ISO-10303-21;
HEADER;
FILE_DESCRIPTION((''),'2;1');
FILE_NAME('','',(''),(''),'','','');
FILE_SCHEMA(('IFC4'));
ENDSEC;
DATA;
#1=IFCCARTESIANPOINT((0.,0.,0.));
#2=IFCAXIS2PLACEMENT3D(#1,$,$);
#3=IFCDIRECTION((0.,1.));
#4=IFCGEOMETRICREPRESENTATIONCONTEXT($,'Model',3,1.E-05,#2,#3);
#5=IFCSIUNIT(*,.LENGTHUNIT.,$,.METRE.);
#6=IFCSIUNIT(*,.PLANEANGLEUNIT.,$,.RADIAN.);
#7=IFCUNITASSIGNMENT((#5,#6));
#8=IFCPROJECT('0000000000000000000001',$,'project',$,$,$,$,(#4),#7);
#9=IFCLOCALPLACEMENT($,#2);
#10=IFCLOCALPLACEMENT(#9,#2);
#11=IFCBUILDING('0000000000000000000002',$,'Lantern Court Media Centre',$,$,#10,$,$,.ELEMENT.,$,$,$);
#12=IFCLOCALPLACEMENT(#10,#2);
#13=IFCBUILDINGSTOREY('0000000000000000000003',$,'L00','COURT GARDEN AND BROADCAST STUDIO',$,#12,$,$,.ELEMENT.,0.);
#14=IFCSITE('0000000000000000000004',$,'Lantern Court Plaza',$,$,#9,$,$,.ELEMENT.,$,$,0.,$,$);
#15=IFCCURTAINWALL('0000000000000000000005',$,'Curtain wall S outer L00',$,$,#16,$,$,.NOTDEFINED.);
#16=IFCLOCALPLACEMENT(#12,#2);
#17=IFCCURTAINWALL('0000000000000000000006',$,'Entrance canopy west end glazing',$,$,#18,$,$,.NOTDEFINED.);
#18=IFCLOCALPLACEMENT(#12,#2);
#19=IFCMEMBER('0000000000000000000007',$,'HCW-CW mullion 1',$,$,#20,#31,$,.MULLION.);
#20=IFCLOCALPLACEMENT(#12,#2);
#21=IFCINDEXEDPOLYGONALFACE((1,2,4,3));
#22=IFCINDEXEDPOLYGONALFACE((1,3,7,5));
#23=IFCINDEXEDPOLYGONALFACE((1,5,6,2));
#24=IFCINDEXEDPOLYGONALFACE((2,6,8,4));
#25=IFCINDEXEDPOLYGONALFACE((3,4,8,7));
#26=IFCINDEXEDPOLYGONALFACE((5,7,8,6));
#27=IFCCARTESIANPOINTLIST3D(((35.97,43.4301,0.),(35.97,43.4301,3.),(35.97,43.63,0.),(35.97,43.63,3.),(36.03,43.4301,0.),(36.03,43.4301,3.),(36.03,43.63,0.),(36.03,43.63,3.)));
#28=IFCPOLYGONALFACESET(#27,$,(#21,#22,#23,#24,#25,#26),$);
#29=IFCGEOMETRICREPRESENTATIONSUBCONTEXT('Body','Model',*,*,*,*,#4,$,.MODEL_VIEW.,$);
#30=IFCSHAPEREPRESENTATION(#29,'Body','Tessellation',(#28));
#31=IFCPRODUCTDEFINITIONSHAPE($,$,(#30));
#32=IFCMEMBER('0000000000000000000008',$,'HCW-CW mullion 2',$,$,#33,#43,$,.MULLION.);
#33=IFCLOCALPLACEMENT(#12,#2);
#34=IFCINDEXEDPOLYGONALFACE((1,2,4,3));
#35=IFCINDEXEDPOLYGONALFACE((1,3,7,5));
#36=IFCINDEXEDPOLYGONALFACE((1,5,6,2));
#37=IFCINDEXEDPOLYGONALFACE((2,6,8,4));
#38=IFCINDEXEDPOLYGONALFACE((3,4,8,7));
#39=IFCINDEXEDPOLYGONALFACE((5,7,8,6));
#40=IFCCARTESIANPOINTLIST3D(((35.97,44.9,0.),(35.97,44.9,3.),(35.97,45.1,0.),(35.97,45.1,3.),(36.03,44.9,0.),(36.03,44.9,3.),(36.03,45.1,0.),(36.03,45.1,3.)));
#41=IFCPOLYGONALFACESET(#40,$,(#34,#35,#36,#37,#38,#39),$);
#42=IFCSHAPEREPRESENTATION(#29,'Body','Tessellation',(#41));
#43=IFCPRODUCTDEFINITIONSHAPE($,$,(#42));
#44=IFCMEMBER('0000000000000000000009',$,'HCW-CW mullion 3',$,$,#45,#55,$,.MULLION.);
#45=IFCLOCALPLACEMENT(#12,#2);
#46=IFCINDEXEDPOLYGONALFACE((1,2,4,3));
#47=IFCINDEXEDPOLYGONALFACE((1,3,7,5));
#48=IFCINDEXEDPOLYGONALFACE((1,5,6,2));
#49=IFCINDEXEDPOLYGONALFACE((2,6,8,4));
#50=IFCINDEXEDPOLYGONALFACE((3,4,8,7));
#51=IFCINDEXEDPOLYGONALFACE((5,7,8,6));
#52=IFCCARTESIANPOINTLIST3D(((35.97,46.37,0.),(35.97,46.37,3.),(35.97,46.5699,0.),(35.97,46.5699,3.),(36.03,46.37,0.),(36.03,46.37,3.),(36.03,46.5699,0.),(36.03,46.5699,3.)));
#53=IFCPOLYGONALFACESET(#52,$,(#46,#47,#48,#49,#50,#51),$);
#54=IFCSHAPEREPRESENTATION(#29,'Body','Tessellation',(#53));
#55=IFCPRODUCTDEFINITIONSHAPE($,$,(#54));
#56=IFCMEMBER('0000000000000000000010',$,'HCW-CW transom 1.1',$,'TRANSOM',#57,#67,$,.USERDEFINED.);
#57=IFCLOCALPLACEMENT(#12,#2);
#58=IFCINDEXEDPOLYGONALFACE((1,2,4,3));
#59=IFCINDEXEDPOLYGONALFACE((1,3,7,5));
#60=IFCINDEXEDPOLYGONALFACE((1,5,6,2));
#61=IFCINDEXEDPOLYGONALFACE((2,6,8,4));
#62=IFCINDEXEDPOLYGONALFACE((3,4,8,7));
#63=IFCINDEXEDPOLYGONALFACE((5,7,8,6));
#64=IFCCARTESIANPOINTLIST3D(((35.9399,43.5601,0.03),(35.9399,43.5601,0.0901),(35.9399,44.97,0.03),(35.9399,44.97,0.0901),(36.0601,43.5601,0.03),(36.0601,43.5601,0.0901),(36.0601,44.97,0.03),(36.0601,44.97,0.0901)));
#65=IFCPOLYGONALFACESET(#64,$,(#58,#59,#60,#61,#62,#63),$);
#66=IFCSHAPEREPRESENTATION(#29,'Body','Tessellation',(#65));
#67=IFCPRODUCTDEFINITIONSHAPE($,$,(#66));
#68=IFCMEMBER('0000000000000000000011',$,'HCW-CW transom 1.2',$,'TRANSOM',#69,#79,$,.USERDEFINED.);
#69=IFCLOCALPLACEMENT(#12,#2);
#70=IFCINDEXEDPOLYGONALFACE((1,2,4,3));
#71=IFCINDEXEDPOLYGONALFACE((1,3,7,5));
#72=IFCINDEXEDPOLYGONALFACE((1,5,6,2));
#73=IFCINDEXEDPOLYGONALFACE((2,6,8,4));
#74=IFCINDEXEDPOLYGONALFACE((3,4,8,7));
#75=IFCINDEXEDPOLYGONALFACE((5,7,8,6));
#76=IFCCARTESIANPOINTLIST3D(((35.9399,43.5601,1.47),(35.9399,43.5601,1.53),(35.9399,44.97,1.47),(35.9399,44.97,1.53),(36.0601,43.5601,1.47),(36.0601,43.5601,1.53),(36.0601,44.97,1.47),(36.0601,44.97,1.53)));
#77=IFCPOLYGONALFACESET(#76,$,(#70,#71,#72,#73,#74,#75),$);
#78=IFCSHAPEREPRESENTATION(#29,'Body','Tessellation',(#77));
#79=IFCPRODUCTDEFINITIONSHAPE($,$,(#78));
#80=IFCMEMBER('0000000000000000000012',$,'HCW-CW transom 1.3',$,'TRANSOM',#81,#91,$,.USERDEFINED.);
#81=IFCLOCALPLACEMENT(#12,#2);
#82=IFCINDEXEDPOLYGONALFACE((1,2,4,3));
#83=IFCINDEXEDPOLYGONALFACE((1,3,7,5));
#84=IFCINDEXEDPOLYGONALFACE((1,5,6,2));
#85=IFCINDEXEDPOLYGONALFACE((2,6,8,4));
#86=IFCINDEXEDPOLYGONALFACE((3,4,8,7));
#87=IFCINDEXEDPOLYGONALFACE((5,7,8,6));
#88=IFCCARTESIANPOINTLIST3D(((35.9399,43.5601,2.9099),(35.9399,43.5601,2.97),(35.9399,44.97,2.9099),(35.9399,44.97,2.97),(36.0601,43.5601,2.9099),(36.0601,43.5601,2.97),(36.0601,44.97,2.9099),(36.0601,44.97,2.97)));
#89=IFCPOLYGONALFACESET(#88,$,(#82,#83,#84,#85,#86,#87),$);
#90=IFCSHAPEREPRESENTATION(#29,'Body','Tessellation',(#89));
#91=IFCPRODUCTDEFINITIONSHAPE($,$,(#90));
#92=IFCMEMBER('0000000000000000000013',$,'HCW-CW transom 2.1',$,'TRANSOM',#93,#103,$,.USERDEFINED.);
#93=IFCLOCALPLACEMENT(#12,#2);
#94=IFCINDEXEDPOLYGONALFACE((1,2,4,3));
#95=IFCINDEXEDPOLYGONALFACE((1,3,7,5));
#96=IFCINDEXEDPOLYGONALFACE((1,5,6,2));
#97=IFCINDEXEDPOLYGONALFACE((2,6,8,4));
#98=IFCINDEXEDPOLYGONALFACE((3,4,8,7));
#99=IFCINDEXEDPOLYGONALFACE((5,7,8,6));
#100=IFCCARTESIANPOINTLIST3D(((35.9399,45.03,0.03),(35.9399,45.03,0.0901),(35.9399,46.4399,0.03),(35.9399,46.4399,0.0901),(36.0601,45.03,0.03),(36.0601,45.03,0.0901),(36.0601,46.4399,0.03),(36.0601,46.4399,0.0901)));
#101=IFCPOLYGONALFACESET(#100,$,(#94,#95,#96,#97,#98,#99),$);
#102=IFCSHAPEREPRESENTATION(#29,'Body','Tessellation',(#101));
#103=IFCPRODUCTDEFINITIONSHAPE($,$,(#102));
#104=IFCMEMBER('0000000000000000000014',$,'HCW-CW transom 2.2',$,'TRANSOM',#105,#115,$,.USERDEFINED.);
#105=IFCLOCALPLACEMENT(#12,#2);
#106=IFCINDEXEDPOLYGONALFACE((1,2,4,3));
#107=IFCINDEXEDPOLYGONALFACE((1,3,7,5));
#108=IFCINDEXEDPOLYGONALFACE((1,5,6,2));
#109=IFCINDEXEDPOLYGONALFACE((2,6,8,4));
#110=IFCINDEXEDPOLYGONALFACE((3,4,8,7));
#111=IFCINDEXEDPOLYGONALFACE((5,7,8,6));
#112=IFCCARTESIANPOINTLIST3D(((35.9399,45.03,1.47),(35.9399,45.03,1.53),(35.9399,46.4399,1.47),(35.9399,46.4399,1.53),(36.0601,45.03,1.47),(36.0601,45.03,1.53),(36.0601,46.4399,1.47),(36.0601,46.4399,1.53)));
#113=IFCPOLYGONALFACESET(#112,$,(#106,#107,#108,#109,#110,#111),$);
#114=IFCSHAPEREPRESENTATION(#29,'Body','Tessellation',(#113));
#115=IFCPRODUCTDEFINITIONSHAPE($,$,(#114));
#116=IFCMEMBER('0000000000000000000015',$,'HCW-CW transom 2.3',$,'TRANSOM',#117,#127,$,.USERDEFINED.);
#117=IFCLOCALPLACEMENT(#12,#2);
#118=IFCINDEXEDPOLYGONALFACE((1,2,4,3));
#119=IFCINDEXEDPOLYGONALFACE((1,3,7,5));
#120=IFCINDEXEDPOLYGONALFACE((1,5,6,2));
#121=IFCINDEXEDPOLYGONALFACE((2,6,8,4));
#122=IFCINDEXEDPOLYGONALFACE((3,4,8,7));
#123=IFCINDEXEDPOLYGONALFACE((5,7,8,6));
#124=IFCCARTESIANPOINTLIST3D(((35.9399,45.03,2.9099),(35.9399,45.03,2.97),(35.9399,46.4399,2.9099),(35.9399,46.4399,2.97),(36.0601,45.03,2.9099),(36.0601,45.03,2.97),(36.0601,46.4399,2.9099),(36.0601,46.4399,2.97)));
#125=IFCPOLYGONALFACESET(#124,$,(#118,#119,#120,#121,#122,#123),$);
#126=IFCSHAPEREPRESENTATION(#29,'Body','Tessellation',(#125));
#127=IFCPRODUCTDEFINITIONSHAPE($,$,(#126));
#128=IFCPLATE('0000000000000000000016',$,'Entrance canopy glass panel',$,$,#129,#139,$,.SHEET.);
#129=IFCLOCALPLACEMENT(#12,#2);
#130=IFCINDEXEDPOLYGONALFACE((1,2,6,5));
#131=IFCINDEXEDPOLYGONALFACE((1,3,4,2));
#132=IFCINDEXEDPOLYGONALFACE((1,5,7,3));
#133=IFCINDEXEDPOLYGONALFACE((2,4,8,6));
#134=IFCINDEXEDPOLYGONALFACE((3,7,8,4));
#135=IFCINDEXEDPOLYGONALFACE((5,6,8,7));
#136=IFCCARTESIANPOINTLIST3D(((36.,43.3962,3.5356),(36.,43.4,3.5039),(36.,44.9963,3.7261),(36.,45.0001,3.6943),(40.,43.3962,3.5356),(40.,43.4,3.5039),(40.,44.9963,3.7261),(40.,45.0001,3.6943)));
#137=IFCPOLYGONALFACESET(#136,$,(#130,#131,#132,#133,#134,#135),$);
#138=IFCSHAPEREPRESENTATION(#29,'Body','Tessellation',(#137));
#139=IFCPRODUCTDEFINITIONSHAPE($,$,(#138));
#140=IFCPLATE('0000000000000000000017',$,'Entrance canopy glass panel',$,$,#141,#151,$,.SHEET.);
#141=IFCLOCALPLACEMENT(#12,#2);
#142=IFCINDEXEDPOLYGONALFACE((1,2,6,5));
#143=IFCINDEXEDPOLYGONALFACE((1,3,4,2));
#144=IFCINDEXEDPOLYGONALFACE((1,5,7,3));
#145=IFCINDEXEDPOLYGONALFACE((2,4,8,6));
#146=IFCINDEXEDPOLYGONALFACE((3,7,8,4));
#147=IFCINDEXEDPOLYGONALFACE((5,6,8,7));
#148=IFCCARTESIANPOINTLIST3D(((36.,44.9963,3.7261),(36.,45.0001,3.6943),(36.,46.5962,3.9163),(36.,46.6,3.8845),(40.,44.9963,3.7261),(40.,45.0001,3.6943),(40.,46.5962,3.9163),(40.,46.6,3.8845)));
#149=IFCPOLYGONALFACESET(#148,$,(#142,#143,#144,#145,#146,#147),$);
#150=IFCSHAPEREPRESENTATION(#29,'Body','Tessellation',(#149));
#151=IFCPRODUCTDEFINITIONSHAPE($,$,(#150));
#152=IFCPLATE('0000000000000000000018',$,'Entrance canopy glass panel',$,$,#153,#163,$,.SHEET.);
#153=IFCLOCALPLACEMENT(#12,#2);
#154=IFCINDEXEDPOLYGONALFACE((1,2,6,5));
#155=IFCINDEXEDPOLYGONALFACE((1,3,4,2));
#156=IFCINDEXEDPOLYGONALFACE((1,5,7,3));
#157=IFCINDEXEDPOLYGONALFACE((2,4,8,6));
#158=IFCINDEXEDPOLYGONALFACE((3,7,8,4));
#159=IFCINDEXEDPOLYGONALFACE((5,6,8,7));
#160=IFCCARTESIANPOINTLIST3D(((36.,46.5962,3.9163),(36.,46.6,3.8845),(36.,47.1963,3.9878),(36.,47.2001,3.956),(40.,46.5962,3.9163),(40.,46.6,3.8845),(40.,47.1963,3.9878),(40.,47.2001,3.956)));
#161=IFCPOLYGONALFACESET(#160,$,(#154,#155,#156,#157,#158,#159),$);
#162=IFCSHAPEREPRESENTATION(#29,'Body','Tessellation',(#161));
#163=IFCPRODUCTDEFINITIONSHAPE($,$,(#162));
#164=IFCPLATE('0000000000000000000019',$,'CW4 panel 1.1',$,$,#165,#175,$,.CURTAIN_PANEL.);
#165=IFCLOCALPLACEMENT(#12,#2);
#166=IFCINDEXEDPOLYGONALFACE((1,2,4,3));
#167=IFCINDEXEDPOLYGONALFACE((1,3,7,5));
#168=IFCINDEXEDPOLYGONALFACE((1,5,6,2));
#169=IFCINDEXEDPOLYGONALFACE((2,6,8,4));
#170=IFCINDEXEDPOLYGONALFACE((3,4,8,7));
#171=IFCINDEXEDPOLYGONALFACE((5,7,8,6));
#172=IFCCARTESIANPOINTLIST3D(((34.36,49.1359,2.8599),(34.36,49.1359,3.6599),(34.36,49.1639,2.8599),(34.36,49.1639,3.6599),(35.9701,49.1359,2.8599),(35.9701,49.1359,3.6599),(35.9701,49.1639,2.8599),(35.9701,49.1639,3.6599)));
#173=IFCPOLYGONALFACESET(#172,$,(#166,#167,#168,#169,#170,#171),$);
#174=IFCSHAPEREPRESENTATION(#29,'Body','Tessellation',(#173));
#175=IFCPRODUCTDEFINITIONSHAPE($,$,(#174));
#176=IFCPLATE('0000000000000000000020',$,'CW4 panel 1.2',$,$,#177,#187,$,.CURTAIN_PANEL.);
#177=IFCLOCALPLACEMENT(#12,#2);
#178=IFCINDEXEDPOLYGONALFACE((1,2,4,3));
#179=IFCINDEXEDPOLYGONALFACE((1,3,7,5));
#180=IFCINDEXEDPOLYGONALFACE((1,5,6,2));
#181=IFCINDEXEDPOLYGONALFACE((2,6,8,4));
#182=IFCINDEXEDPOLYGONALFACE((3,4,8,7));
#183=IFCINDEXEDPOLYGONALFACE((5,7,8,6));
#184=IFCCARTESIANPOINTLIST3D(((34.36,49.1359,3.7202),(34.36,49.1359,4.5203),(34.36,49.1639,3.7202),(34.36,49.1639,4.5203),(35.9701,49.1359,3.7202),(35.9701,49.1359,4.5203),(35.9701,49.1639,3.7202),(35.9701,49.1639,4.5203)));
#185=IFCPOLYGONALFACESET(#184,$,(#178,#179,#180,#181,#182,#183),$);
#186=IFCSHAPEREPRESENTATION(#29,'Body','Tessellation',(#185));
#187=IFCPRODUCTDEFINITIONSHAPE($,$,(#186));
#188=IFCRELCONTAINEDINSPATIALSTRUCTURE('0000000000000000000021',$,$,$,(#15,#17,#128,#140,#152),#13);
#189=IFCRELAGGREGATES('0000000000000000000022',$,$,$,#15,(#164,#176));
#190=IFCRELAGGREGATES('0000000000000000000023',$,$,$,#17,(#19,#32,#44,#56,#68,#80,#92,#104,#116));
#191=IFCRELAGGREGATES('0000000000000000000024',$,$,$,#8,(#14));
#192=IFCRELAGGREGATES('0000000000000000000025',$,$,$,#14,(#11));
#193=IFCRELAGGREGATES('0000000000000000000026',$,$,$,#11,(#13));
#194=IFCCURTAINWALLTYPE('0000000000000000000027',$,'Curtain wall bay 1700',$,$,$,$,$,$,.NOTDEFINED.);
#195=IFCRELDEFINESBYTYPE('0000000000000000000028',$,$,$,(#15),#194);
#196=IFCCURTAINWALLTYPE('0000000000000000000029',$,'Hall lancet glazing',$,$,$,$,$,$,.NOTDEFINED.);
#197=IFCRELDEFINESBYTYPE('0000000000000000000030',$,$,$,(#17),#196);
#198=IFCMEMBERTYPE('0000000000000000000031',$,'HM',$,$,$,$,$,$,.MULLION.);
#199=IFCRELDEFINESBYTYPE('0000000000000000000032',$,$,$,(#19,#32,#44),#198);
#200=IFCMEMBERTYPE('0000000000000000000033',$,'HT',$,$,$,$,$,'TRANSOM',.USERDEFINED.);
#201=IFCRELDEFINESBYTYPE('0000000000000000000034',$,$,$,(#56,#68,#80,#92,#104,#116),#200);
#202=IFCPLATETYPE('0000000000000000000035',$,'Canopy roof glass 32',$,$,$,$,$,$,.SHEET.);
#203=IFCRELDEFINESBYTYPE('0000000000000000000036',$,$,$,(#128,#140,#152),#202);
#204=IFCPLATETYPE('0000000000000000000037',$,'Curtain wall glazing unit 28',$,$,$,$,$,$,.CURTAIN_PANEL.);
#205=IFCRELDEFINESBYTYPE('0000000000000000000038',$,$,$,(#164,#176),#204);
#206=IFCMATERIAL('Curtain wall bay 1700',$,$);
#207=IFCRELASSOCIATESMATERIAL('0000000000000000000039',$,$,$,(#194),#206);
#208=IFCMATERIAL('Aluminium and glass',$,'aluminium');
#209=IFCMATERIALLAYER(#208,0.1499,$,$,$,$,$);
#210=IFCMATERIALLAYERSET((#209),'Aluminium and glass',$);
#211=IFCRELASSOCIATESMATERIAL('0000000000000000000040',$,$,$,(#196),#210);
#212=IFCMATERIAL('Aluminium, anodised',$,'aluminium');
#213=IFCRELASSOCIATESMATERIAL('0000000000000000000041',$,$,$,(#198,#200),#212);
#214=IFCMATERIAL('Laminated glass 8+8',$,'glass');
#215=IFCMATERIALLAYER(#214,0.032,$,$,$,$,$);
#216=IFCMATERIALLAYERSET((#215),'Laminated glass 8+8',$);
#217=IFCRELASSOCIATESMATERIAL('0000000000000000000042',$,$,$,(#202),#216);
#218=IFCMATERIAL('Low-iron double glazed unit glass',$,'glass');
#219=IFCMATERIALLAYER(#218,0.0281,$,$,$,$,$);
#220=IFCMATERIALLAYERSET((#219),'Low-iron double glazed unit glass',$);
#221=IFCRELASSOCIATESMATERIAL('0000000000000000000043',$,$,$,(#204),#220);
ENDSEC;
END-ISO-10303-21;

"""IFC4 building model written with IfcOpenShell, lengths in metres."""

from ifc_helpers import new_model, si_unit, direction, frame, origin, origin_2d, place, context, subcontext, project, spatial, polyline, rectangle, outline, extrude, material, layer, layer_set, material_profile, profile_set, type_object, element, aggregate, save


model = new_model("IFC4")

# Units and contexts
model_context = context("Model", 3, precision=1e-05, world=origin(), true_north=direction((0.0, 1.0)))
body_context = subcontext(model_context, "Body", "Model", "MODEL_VIEW")
ifc_project = project(units=[si_unit("LENGTHUNIT", "METRE"), si_unit("PLANEANGLEUNIT", "RADIAN")], contexts=[model_context])

# Site, building, storey
site_placement = place(None, origin())
site = spatial("IfcSite", under=ifc_project, at=site_placement, Name="Lantern Court Plaza", CompositionType="ELEMENT", RefElevation=0.0)
building_placement = place(site_placement, origin())
building = spatial("IfcBuilding", under=site, at=building_placement, Name="Lantern Court Media Centre", CompositionType="ELEMENT")
storey_placement = place(building_placement, origin())
storey = spatial("IfcBuildingStorey", under=building, at=storey_placement, Name="L00", Description="COURT GARDEN AND BROADCAST STUDIO", CompositionType="ELEMENT", Elevation=0.0)

# Curtain wall
ifc_material_1 = material(Name="Curtain wall bay 1700")
curtain_wall_type_1 = type_object("IfcCurtainWallType", Name="Curtain wall bay 1700", PredefinedType="NOTDEFINED", material=ifc_material_1)
curtain_wall_1_placement = place(storey_placement, origin())
curtain_wall_1 = element("IfcCurtainWall", 1, at=curtain_wall_1_placement, inside=storey, type_object=curtain_wall_type_1, Name="Curtain wall S outer L00", PredefinedType="NOTDEFINED")

# Curtain wall, members
ifc_material_2 = material(Name="Aluminium and glass", Category="aluminium")
ifc_layer_1 = layer(ifc_material_2, 0.1499)
ifc_layer_set_1 = layer_set([ifc_layer_1], Name="Aluminium and glass")
curtain_wall_type_2 = type_object("IfcCurtainWallType", Name="Hall lancet glazing", PredefinedType="NOTDEFINED", material=ifc_layer_set_1)
curtain_wall_2_placement = place(storey_placement, origin())
curtain_wall_2 = element("IfcCurtainWall", 2, at=curtain_wall_2_placement, inside=storey, type_object=curtain_wall_type_2, Name="Entrance canopy west end glazing", PredefinedType="NOTDEFINED")
ifc_material_3 = material(Name="Aluminium, anodised", Category="aluminium")
ifc_material_profile_1 = material_profile(ifc_material_3, rectangle(XDim=0.0601, YDim=0.2, at=origin_2d()), Name="HM")
ifc_profile_set_1 = profile_set([ifc_material_profile_1], Name="Aluminium, anodised")
member_type_1 = type_object("IfcMemberType", Name="HM", PredefinedType="MULLION", material=ifc_profile_set_1)
member_1_placement = place(storey_placement, frame((36.0, 43.53, 0.0), z_axis=(0.0, 0.0, 1.0), x_axis=(-1.0, 0.0, 0.0)))
member_1 = element("IfcMember", 3, at=member_1_placement, type_object=member_type_1, Name="HCW-CW mullion 1", PredefinedType="MULLION", context=body_context, shape_type="SweptSolid", body=[
    extrude(rectangle(XDim=0.0601, YDim=0.2, at=origin_2d()), origin(), (0.0, 0.0, 1.0), 3.0),
])
member_2_placement = place(storey_placement, frame((36.0, 45.0, 0.0), z_axis=(0.0, 0.0, 1.0), x_axis=(-1.0, 0.0, 0.0)))
member_2 = element("IfcMember", 4, at=member_2_placement, type_object=member_type_1, Name="HCW-CW mullion 2", PredefinedType="MULLION", context=body_context, shape_type="SweptSolid", body=[
    extrude(rectangle(XDim=0.0601, YDim=0.2, at=origin_2d()), origin(), (0.0, 0.0, 1.0), 3.0),
])
member_3_placement = place(storey_placement, frame((36.0, 46.47, 0.0), z_axis=(0.0, 0.0, 1.0), x_axis=(-1.0, 0.0, 0.0)))
member_3 = element("IfcMember", 5, at=member_3_placement, type_object=member_type_1, Name="HCW-CW mullion 3", PredefinedType="MULLION", context=body_context, shape_type="SweptSolid", body=[
    extrude(rectangle(XDim=0.0601, YDim=0.2, at=origin_2d()), origin(), (0.0, 0.0, 1.0), 3.0),
])
ifc_material_profile_2 = material_profile(ifc_material_3, rectangle(XDim=0.1201, YDim=0.0601, at=origin_2d()), Name="HT")
ifc_profile_set_2 = profile_set([ifc_material_profile_2], Name="Aluminium, anodised")
member_type_2 = type_object("IfcMemberType", Name="HT", ElementType="TRANSOM", PredefinedType="USERDEFINED", material=ifc_profile_set_2)
member_4_placement = place(storey_placement, frame((36.0, 43.5601, 0.0601), z_axis=(0.0, 1.0, 0.0), x_axis=(-1.0, 0.0, 0.0)))
member_4 = element("IfcMember", 6, at=member_4_placement, type_object=member_type_2, Name="HCW-CW transom 1.1", ObjectType="TRANSOM", PredefinedType="USERDEFINED", context=body_context, shape_type="SweptSolid", body=[
    extrude(rectangle(XDim=0.1201, YDim=0.0601, at=origin_2d()), origin(), (0.0, 0.0, 1.0), 1.4099),
])
member_5_placement = place(storey_placement, frame((36.0, 43.5601, 1.5), z_axis=(0.0, 1.0, 0.0), x_axis=(-1.0, 0.0, 0.0)))
member_5 = element("IfcMember", 7, at=member_5_placement, type_object=member_type_2, Name="HCW-CW transom 1.2", ObjectType="TRANSOM", PredefinedType="USERDEFINED", context=body_context, shape_type="SweptSolid", body=[
    extrude(rectangle(XDim=0.1201, YDim=0.0601, at=origin_2d()), origin(), (0.0, 0.0, 1.0), 1.4099),
])
member_6_placement = place(storey_placement, frame((36.0, 43.5601, 2.9399), z_axis=(0.0, 1.0, 0.0), x_axis=(-1.0, 0.0, 0.0)))
member_6 = element("IfcMember", 8, at=member_6_placement, type_object=member_type_2, Name="HCW-CW transom 1.3", ObjectType="TRANSOM", PredefinedType="USERDEFINED", context=body_context, shape_type="SweptSolid", body=[
    extrude(rectangle(XDim=0.1201, YDim=0.0601, at=origin_2d()), origin(), (0.0, 0.0, 1.0), 1.4099),
])
member_7_placement = place(storey_placement, frame((36.0, 45.03, 0.0601), z_axis=(0.0, 1.0, 0.0), x_axis=(-1.0, 0.0, 0.0)))
member_7 = element("IfcMember", 9, at=member_7_placement, type_object=member_type_2, Name="HCW-CW transom 2.1", ObjectType="TRANSOM", PredefinedType="USERDEFINED", context=body_context, shape_type="SweptSolid", body=[
    extrude(rectangle(XDim=0.1201, YDim=0.0601, at=origin_2d()), origin(), (0.0, 0.0, 1.0), 1.4099),
])
member_8_placement = place(storey_placement, frame((36.0, 45.03, 1.5), z_axis=(0.0, 1.0, 0.0), x_axis=(-1.0, 0.0, 0.0)))
member_8 = element("IfcMember", 10, at=member_8_placement, type_object=member_type_2, Name="HCW-CW transom 2.2", ObjectType="TRANSOM", PredefinedType="USERDEFINED", context=body_context, shape_type="SweptSolid", body=[
    extrude(rectangle(XDim=0.1201, YDim=0.0601, at=origin_2d()), origin(), (0.0, 0.0, 1.0), 1.4099),
])
member_9_placement = place(storey_placement, frame((36.0, 45.03, 2.9399), z_axis=(0.0, 1.0, 0.0), x_axis=(-1.0, 0.0, 0.0)))
member_9 = element("IfcMember", 11, at=member_9_placement, type_object=member_type_2, Name="HCW-CW transom 2.3", ObjectType="TRANSOM", PredefinedType="USERDEFINED", context=body_context, shape_type="SweptSolid", body=[
    extrude(rectangle(XDim=0.1201, YDim=0.0601, at=origin_2d()), origin(), (0.0, 0.0, 1.0), 1.4099),
])

# Plates
ifc_material_4 = material(Name="Laminated glass 8+8", Category="glass")
ifc_layer_2 = layer(ifc_material_4, 0.032)
ifc_layer_set_2 = layer_set([ifc_layer_2], Name="Laminated glass 8+8")
plate_type_1 = type_object("IfcPlateType", Name="Canopy roof glass 32", PredefinedType="SHEET", material=ifc_layer_set_2)
plate_1_placement = place(storey_placement, frame((36.0, 43.3962, 3.5356), z_axis=(0.0, -0.118177, 0.992993), x_axis=(1.0, 0.0, 0.0)))
element("IfcPlate", 12, at=plate_1_placement, inside=storey, type_object=plate_type_1, Name="Entrance canopy glass panel", PredefinedType="SHEET", context=body_context, shape_type="SweptSolid", body=[
    extrude(outline(polyline([(0.0, 0.0), (4.0, 0.0), (4.0, 1.6114), (0.0, 1.6114), (0.0, 0.0)])), origin(), (0.0, 0.0, -1.0), 0.032),
])
plate_2_placement = place(storey_placement, frame((36.0, 44.9963, 3.7261), z_axis=(0.0, -0.118046, 0.993008), x_axis=(1.0, 0.0, 0.0)))
element("IfcPlate", 13, at=plate_2_placement, inside=storey, type_object=plate_type_1, Name="Entrance canopy glass panel", PredefinedType="SHEET", context=body_context, shape_type="SweptSolid", body=[
    extrude(outline(polyline([(0.0, 0.0), (4.0, 0.0), (4.0, 1.6111), (0.0, 1.6111), (0.0, 0.0)])), origin(), (0.0, 0.0, -1.0), 0.032),
])
plate_3_placement = place(storey_placement, frame((36.0, 46.5962, 3.9163), z_axis=(0.0, -0.118365, 0.99297), x_axis=(1.0, 0.0, 0.0)))
element("IfcPlate", 14, at=plate_3_placement, inside=storey, type_object=plate_type_1, Name="Entrance canopy glass panel", PredefinedType="SHEET", context=body_context, shape_type="SweptSolid", body=[
    extrude(outline(polyline([(0.0, 0.0), (4.0, 0.0), (4.0, 0.6043), (0.0, 0.6043), (0.0, 0.0)])), origin(), (0.0, 0.0, -1.0), 0.032),
])

# Plates
ifc_material_5 = material(Name="Low-iron double glazed unit glass", Category="glass")
ifc_layer_3 = layer(ifc_material_5, 0.0281)
ifc_layer_set_3 = layer_set([ifc_layer_3], Name="Low-iron double glazed unit glass")
plate_type_2 = type_object("IfcPlateType", Name="Curtain wall glazing unit 28", PredefinedType="CURTAIN_PANEL", material=ifc_layer_set_3)
plate_4_placement = place(storey_placement, frame((35.165, 49.1499, 2.8599), z_axis=(0.0, 0.0, 1.0), x_axis=(1.0, 0.0, 0.0)))
plate_4 = element("IfcPlate", 15, at=plate_4_placement, type_object=plate_type_2, Name="CW4 panel 1.1", PredefinedType="CURTAIN_PANEL", context=body_context, shape_type="SweptSolid", body=[
    extrude(rectangle(XDim=1.6101, YDim=0.0281, at=origin_2d()), origin(), (0.0, 0.0, 1.0), 0.8),
])
plate_5_placement = place(storey_placement, frame((35.165, 49.1499, 3.7202), z_axis=(0.0, 0.0, 1.0), x_axis=(1.0, 0.0, 0.0)))
plate_5 = element("IfcPlate", 16, at=plate_5_placement, type_object=plate_type_2, Name="CW4 panel 1.2", PredefinedType="CURTAIN_PANEL", context=body_context, shape_type="SweptSolid", body=[
    extrude(rectangle(XDim=1.6101, YDim=0.0281, at=origin_2d()), origin(), (0.0, 0.0, 1.0), 0.8),
])
aggregate(curtain_wall_1, [plate_4, plate_5])
aggregate(curtain_wall_2, [member_1, member_2, member_3, member_4, member_5, member_6, member_7, member_8, member_9])

save(model, "model.ifc")
